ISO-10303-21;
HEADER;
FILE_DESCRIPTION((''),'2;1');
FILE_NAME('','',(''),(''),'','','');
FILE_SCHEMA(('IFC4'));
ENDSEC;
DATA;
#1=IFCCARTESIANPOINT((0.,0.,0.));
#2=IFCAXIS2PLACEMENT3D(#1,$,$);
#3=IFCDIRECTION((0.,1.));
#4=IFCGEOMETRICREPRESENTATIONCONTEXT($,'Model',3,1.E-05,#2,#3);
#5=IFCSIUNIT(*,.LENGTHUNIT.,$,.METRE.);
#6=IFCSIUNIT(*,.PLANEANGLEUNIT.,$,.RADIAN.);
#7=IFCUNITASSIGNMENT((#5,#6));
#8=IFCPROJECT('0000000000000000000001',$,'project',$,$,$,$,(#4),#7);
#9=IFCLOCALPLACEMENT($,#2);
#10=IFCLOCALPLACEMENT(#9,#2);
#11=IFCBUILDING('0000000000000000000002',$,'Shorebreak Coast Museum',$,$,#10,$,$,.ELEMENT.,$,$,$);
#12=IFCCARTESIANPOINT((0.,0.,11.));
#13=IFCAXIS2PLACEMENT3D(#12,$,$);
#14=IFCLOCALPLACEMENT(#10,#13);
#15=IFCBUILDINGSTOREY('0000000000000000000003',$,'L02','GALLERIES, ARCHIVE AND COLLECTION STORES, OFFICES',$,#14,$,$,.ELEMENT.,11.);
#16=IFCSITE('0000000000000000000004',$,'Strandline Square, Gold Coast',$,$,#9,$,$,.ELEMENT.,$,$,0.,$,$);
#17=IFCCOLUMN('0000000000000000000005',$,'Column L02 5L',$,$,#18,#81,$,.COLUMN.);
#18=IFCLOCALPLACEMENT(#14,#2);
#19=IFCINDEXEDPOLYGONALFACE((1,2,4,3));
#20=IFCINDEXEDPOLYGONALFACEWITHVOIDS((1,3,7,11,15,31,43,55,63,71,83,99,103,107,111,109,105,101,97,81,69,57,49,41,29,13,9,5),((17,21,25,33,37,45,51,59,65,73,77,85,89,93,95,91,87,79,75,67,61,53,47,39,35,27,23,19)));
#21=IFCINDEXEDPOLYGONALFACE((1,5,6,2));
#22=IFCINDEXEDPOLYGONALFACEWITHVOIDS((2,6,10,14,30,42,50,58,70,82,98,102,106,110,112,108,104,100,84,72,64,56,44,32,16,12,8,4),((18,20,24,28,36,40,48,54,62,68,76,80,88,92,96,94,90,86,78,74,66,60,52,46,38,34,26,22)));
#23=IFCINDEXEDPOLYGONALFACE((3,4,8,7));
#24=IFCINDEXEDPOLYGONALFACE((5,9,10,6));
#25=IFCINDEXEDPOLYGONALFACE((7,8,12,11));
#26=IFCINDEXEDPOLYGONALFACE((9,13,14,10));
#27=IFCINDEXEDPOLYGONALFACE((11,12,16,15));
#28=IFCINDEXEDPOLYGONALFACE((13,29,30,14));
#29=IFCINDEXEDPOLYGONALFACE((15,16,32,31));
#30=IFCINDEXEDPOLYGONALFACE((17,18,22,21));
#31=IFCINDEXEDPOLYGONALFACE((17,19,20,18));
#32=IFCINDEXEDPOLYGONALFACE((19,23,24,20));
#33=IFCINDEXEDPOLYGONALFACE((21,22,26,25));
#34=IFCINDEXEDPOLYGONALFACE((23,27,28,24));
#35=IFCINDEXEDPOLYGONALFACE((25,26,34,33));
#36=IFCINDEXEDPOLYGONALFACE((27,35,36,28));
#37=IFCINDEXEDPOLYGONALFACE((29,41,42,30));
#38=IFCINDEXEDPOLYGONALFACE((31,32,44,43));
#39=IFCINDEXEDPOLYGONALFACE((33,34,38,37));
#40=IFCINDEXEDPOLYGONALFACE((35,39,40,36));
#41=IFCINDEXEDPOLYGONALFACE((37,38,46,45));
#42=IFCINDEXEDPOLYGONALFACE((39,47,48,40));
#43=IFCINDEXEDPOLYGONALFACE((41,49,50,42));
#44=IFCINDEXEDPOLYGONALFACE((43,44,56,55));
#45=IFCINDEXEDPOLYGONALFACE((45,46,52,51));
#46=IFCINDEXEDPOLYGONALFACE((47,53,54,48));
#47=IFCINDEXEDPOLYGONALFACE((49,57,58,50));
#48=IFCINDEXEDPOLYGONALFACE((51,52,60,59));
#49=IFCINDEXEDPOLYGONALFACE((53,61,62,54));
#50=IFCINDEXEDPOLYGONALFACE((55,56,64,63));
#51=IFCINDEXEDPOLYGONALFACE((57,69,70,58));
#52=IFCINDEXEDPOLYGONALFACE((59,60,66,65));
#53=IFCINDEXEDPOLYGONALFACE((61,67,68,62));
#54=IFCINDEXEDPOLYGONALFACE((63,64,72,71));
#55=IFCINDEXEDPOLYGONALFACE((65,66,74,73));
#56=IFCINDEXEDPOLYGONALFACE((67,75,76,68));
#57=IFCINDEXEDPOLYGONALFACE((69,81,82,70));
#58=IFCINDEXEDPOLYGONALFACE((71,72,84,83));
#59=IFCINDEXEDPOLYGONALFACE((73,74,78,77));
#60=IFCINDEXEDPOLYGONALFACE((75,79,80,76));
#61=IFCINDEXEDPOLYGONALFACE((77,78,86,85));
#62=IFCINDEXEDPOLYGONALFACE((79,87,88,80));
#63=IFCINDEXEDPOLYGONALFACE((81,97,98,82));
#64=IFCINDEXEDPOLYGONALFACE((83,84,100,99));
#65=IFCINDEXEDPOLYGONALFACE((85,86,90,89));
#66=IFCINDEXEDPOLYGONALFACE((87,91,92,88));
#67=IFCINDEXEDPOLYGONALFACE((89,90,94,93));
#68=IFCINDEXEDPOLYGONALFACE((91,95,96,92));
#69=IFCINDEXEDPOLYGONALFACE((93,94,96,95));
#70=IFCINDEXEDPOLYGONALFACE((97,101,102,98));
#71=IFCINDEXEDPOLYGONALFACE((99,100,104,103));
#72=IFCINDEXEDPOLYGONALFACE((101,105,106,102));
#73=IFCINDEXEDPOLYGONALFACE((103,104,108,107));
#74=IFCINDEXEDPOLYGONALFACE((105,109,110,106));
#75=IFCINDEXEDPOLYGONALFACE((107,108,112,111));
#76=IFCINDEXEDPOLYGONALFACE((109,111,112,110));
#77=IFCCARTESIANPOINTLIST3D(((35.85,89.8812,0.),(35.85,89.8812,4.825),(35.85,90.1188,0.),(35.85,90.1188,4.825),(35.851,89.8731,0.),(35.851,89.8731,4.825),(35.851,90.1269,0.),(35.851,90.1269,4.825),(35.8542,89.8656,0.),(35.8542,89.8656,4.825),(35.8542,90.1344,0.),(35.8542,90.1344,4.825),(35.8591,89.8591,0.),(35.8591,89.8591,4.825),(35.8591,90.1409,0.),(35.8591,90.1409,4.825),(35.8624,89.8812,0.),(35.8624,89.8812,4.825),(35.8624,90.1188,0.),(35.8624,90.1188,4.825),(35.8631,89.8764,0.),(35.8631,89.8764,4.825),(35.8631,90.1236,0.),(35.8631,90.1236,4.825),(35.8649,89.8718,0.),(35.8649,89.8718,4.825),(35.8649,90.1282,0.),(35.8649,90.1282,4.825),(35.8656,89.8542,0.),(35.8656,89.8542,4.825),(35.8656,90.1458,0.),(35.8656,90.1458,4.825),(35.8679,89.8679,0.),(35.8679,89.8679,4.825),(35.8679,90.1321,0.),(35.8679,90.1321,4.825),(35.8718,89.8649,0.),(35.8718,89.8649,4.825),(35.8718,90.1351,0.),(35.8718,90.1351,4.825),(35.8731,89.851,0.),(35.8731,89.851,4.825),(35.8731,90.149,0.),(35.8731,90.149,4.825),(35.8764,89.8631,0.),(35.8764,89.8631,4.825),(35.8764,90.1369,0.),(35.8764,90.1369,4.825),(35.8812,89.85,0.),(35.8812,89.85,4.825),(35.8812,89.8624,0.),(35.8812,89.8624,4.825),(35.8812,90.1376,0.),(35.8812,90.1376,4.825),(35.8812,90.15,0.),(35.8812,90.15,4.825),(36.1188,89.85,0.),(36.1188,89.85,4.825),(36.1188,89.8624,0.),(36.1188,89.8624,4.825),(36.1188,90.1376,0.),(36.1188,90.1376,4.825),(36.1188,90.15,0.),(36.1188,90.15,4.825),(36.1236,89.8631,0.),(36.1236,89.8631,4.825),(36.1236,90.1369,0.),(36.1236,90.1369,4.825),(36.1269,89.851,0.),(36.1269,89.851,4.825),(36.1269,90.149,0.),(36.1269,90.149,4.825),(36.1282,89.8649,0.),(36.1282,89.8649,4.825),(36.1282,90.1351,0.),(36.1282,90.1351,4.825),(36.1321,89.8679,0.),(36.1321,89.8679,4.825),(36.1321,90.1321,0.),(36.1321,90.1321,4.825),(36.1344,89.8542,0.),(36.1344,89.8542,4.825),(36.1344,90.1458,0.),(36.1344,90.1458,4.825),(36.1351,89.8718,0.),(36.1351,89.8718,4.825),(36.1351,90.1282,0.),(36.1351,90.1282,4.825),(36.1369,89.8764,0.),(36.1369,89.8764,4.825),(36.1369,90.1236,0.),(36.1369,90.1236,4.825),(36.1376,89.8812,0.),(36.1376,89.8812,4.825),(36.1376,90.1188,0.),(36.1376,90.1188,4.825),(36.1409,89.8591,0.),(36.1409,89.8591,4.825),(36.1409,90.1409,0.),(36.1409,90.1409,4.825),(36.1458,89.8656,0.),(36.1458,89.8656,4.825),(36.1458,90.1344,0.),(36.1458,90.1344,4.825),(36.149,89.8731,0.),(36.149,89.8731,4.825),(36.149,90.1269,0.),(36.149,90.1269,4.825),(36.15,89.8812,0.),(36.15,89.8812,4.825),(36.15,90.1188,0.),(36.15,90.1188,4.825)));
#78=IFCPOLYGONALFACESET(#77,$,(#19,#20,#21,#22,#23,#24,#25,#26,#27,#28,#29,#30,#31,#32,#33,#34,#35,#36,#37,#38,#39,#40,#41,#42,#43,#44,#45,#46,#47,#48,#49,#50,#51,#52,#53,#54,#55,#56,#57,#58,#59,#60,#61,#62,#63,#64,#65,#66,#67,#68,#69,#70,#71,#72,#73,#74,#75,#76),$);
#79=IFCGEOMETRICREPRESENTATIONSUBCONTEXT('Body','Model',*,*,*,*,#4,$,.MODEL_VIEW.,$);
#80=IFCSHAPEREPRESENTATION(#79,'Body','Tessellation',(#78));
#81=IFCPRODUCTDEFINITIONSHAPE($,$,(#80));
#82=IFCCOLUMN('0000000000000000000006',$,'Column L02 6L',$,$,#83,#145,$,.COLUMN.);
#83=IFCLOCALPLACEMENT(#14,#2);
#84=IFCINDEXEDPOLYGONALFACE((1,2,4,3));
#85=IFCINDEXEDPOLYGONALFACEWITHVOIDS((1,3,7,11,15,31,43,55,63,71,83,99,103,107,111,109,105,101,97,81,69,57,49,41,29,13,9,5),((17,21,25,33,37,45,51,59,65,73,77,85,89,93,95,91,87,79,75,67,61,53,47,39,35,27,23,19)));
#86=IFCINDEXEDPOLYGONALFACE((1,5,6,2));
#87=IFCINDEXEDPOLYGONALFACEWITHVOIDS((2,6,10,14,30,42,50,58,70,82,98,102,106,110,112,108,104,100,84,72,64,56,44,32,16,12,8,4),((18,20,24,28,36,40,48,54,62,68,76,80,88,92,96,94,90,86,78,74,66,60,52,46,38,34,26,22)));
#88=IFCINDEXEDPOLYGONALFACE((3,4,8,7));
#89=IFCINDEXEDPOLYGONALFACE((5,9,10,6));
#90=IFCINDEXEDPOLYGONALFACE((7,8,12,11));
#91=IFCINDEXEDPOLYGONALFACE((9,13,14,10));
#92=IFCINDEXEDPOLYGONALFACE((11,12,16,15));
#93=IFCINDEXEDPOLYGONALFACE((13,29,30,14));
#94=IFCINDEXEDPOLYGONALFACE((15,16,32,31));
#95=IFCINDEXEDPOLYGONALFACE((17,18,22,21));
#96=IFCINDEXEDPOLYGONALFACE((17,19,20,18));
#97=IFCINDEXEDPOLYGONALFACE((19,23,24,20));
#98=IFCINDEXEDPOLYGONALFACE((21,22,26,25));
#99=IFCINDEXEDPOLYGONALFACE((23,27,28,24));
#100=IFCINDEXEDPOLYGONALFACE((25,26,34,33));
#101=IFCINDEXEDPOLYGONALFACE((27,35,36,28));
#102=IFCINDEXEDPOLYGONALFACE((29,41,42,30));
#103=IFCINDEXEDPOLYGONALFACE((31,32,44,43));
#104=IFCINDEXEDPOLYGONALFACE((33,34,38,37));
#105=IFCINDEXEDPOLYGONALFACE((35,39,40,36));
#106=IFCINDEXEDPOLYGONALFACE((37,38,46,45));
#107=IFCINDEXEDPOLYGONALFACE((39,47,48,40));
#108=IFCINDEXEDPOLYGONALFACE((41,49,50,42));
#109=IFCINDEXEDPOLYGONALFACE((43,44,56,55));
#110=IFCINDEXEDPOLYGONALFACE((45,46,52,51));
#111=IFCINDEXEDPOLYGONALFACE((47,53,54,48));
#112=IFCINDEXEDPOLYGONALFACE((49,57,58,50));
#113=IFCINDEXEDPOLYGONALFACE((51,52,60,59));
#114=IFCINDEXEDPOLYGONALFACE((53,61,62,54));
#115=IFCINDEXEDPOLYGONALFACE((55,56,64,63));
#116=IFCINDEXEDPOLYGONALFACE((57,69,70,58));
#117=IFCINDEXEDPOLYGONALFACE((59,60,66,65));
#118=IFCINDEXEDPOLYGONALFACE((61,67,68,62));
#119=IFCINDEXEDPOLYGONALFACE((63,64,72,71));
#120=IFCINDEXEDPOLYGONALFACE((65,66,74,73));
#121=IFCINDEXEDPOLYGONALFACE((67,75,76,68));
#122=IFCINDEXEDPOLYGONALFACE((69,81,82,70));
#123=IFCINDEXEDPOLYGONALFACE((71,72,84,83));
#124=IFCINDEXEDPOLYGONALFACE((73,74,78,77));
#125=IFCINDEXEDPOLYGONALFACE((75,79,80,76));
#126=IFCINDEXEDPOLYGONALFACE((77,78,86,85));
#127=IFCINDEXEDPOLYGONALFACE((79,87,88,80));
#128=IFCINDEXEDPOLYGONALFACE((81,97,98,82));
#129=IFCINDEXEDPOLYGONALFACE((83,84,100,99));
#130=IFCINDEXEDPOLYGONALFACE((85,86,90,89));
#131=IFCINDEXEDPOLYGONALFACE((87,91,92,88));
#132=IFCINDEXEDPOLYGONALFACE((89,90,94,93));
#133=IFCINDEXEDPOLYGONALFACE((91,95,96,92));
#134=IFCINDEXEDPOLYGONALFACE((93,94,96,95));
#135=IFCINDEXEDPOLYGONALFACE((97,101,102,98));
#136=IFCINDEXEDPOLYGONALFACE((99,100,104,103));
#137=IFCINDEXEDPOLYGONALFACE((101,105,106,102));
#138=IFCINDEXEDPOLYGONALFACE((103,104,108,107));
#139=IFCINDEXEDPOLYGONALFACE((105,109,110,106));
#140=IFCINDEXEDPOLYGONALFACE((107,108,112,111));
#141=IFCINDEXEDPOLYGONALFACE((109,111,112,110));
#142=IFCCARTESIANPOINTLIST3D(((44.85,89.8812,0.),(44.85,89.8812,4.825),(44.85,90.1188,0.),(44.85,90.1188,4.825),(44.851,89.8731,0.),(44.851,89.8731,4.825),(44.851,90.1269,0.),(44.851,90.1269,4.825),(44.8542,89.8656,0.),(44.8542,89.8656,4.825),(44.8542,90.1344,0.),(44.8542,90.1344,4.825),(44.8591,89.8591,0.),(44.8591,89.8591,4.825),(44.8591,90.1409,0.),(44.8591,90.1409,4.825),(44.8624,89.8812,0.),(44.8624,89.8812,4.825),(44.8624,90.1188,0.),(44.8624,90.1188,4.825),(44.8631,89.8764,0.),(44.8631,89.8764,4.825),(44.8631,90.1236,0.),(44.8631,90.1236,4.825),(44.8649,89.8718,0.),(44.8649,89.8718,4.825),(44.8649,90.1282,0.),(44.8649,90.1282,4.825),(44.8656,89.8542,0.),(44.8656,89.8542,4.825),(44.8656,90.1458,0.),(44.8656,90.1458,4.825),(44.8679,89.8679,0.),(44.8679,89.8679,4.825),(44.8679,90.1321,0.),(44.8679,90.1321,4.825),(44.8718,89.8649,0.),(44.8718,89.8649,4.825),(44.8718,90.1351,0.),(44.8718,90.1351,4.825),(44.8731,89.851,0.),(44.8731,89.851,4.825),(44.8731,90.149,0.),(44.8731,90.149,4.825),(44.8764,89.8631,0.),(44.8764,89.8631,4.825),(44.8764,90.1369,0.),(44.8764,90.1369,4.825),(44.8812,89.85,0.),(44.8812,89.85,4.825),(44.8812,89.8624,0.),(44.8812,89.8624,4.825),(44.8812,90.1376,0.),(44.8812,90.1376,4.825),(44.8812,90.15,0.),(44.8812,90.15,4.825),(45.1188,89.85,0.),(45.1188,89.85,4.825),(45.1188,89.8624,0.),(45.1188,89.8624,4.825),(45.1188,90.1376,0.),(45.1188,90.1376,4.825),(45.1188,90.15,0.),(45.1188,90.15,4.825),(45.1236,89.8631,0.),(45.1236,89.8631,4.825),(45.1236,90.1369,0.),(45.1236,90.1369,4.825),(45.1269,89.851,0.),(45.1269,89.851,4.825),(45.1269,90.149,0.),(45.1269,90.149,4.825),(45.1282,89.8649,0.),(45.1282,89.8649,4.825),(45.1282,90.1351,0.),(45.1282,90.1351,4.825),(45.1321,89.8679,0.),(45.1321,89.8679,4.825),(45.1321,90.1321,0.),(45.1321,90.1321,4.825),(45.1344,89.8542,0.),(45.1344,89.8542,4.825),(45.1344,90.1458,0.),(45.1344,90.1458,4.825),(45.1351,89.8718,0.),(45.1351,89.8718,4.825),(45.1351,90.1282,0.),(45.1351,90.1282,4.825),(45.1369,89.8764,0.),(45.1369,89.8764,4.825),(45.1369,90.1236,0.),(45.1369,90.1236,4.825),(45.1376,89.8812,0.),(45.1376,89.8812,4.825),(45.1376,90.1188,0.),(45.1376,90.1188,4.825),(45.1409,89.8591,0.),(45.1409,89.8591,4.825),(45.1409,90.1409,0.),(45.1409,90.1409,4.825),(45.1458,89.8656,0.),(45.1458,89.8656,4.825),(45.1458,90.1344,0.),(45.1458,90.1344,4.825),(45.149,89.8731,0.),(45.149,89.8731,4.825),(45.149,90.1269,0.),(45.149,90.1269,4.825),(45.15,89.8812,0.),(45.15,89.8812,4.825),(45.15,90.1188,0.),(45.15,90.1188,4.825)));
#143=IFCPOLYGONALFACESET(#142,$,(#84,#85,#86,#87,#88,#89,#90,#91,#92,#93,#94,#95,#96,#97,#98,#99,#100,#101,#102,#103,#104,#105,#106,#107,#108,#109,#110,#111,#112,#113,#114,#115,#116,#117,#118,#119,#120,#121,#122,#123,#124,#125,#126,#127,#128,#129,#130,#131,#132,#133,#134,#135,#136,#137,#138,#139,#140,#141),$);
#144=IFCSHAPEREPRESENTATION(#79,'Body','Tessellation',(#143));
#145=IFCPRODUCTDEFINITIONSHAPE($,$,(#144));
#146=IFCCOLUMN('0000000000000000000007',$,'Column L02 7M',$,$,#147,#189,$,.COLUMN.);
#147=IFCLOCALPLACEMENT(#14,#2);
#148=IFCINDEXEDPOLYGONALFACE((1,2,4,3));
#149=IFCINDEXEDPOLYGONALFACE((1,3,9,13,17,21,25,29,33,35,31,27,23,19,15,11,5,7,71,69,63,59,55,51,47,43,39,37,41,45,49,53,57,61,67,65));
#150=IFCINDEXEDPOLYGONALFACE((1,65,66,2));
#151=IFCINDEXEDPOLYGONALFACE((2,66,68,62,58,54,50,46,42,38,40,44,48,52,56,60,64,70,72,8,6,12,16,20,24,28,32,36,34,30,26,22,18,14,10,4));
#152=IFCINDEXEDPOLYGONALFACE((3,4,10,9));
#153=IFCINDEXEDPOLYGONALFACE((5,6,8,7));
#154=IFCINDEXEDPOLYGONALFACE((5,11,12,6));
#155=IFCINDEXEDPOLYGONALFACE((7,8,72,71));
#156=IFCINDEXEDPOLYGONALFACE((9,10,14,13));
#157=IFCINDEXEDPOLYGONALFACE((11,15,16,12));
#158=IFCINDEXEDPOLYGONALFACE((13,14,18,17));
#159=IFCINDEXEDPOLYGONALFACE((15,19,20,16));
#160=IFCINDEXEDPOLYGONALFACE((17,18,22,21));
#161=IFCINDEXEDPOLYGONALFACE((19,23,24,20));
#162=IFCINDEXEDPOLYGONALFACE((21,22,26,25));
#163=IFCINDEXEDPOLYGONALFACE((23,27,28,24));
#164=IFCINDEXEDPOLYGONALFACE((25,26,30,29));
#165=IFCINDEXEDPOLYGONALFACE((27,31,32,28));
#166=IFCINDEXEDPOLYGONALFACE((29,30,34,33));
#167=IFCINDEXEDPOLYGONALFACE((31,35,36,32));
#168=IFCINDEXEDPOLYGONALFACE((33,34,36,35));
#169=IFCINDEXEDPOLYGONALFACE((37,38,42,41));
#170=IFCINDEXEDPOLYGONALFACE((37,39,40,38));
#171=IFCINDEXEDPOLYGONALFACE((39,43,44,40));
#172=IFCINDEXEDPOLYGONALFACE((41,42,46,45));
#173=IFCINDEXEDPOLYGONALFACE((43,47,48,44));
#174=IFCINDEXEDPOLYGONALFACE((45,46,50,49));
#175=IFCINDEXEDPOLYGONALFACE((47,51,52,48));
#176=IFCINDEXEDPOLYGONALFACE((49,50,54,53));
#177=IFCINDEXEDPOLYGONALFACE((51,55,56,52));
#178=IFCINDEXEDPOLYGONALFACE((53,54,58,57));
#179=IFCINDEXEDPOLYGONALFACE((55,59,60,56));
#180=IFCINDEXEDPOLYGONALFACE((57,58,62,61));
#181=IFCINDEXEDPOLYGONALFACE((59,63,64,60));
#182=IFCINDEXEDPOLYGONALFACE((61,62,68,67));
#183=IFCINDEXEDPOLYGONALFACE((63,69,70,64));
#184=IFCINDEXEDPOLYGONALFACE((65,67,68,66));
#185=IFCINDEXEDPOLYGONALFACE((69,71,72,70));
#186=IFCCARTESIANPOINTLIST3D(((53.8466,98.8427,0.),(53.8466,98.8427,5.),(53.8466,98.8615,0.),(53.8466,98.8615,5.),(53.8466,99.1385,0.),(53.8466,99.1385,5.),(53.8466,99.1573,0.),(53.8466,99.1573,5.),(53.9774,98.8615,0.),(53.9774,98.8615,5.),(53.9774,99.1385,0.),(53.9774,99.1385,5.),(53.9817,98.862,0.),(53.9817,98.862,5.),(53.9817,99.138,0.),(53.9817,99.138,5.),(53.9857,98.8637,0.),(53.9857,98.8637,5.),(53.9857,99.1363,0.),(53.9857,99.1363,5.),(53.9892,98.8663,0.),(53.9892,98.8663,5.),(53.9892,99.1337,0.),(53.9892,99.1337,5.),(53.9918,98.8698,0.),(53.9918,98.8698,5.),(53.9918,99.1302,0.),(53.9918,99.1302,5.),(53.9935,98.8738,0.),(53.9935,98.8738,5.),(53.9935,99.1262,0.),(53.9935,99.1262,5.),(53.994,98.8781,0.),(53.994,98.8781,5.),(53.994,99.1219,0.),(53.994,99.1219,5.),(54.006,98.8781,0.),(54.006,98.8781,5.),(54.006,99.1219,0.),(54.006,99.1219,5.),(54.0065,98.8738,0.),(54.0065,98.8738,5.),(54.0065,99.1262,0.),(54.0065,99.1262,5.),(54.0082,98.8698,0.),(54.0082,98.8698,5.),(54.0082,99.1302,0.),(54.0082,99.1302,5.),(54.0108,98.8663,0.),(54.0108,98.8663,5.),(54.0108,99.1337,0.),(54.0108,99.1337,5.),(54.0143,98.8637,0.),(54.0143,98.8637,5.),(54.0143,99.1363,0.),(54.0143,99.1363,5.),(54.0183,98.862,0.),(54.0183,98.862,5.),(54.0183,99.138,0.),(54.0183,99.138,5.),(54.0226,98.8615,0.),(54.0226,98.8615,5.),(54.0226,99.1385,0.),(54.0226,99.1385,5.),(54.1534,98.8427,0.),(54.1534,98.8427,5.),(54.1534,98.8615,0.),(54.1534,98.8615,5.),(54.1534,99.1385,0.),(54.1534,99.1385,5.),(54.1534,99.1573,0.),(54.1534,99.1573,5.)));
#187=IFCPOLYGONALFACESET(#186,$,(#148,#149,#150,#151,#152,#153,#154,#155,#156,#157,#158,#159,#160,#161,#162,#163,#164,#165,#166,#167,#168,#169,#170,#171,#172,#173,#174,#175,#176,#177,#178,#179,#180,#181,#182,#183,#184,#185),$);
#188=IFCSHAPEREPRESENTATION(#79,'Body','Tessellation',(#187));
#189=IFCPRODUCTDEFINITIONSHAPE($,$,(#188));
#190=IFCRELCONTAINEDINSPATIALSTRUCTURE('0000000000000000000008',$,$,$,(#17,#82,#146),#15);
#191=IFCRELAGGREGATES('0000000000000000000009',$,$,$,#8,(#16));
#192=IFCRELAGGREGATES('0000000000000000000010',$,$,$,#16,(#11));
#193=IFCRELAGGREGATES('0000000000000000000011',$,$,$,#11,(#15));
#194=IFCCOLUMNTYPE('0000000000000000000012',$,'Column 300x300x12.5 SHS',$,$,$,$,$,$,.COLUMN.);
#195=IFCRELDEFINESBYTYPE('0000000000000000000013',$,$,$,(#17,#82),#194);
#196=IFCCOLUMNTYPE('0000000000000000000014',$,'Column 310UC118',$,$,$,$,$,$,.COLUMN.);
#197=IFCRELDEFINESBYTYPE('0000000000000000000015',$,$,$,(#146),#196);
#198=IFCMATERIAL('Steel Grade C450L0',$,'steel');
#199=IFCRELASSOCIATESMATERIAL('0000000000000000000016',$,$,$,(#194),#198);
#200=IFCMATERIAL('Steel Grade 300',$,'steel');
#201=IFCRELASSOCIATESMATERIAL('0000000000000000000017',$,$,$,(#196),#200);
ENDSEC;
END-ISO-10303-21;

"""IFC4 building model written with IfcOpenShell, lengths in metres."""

from ifc_helpers import new_model, si_unit, direction, frame, origin, origin_2d, place, context, subcontext, project, spatial, hollow_rectangle, i_section, extrude, material, material_profile, profile_set, type_object, element, save


model = new_model("IFC4")

# Units and contexts
model_context = context("Model", 3, precision=1e-05, world=origin(), true_north=direction((0.0, 1.0)))
body_context = subcontext(model_context, "Body", "Model", "MODEL_VIEW")
ifc_project = project(units=[si_unit("LENGTHUNIT", "METRE"), si_unit("PLANEANGLEUNIT", "RADIAN")], contexts=[model_context])

# Site, building, storey
site_placement = place(None, origin())
site = spatial("IfcSite", under=ifc_project, at=site_placement, Name="Strandline Square, Gold Coast", CompositionType="ELEMENT", RefElevation=0.0)
building_placement = place(site_placement, origin())
building = spatial("IfcBuilding", under=site, at=building_placement, Name="Shorebreak Coast Museum", CompositionType="ELEMENT")
storey_placement = place(building_placement, frame((0.0, 0.0, 11.0)))
storey = spatial("IfcBuildingStorey", under=building, at=storey_placement, Name="L02", Description="GALLERIES, ARCHIVE AND COLLECTION STORES, OFFICES", CompositionType="ELEMENT", Elevation=11.0)

# Columns
ifc_material_1 = material(Name="Steel Grade C450L0", Category="steel")
ifc_material_profile_1 = material_profile(ifc_material_1, hollow_rectangle(XDim=0.3, YDim=0.3, WallThickness=0.0125, InnerFilletRadius=0.0188, OuterFilletRadius=0.0312, at=origin_2d()), Name="300x300x12.5 SHS")
ifc_profile_set_1 = profile_set([ifc_material_profile_1], Name="Steel Grade C450L0")
column_type_1 = type_object("IfcColumnType", Name="Column 300x300x12.5 SHS", PredefinedType="COLUMN", material=ifc_profile_set_1)
for number, where, z_axis, x_axis, name in (
    (1, (36.0, 90.0, 0.0), (0.0, 0.0, 1.0), (1.0, 0.0, 0.0), "Column L02 5L"),
    (2, (45.0, 90.0, 0.0), (0.0, 0.0, 1.0), (1.0, 0.0, 0.0), "Column L02 6L"),
):
    element("IfcColumn", number, at=place(storey_placement, frame(where, z_axis=z_axis, x_axis=x_axis)), inside=storey, type_object=column_type_1, Name=name, PredefinedType="COLUMN", context=body_context, shape_type="SweptSolid", body=[
        extrude(hollow_rectangle(XDim=0.3, YDim=0.3, WallThickness=0.0125, InnerFilletRadius=0.0188, OuterFilletRadius=0.0312, at=origin_2d()), origin(), (0.0, 0.0, 1.0), 4.825),
    ])
ifc_material_2 = material(Name="Steel Grade 300", Category="steel")
ifc_material_profile_2 = material_profile(ifc_material_2, i_section(OverallWidth=0.3069, OverallDepth=0.3147, WebThickness=0.012, FlangeThickness=0.0188, FilletRadius=0.0166, at=origin_2d()), Name="310UC118")
ifc_profile_set_2 = profile_set([ifc_material_profile_2], Name="Steel Grade 300")
column_type_2 = type_object("IfcColumnType", Name="Column 310UC118", PredefinedType="COLUMN", material=ifc_profile_set_2)
for number, where, z_axis, x_axis, name in (
    (3, (54.0, 99.0, 0.0), (0.0, 0.0, 1.0), (1.0, 0.0, 0.0), "Column L02 7M"),
):
    element("IfcColumn", number, at=place(storey_placement, frame(where, z_axis=z_axis, x_axis=x_axis)), inside=storey, type_object=column_type_2, Name=name, PredefinedType="COLUMN", context=body_context, shape_type="SweptSolid", body=[
        extrude(i_section(OverallWidth=0.3069, OverallDepth=0.3147, WebThickness=0.012, FlangeThickness=0.0188, FilletRadius=0.0166, at=origin_2d()), origin(), (0.0, 0.0, 1.0), 5.0),
    ])

save(model, "model.ifc")
